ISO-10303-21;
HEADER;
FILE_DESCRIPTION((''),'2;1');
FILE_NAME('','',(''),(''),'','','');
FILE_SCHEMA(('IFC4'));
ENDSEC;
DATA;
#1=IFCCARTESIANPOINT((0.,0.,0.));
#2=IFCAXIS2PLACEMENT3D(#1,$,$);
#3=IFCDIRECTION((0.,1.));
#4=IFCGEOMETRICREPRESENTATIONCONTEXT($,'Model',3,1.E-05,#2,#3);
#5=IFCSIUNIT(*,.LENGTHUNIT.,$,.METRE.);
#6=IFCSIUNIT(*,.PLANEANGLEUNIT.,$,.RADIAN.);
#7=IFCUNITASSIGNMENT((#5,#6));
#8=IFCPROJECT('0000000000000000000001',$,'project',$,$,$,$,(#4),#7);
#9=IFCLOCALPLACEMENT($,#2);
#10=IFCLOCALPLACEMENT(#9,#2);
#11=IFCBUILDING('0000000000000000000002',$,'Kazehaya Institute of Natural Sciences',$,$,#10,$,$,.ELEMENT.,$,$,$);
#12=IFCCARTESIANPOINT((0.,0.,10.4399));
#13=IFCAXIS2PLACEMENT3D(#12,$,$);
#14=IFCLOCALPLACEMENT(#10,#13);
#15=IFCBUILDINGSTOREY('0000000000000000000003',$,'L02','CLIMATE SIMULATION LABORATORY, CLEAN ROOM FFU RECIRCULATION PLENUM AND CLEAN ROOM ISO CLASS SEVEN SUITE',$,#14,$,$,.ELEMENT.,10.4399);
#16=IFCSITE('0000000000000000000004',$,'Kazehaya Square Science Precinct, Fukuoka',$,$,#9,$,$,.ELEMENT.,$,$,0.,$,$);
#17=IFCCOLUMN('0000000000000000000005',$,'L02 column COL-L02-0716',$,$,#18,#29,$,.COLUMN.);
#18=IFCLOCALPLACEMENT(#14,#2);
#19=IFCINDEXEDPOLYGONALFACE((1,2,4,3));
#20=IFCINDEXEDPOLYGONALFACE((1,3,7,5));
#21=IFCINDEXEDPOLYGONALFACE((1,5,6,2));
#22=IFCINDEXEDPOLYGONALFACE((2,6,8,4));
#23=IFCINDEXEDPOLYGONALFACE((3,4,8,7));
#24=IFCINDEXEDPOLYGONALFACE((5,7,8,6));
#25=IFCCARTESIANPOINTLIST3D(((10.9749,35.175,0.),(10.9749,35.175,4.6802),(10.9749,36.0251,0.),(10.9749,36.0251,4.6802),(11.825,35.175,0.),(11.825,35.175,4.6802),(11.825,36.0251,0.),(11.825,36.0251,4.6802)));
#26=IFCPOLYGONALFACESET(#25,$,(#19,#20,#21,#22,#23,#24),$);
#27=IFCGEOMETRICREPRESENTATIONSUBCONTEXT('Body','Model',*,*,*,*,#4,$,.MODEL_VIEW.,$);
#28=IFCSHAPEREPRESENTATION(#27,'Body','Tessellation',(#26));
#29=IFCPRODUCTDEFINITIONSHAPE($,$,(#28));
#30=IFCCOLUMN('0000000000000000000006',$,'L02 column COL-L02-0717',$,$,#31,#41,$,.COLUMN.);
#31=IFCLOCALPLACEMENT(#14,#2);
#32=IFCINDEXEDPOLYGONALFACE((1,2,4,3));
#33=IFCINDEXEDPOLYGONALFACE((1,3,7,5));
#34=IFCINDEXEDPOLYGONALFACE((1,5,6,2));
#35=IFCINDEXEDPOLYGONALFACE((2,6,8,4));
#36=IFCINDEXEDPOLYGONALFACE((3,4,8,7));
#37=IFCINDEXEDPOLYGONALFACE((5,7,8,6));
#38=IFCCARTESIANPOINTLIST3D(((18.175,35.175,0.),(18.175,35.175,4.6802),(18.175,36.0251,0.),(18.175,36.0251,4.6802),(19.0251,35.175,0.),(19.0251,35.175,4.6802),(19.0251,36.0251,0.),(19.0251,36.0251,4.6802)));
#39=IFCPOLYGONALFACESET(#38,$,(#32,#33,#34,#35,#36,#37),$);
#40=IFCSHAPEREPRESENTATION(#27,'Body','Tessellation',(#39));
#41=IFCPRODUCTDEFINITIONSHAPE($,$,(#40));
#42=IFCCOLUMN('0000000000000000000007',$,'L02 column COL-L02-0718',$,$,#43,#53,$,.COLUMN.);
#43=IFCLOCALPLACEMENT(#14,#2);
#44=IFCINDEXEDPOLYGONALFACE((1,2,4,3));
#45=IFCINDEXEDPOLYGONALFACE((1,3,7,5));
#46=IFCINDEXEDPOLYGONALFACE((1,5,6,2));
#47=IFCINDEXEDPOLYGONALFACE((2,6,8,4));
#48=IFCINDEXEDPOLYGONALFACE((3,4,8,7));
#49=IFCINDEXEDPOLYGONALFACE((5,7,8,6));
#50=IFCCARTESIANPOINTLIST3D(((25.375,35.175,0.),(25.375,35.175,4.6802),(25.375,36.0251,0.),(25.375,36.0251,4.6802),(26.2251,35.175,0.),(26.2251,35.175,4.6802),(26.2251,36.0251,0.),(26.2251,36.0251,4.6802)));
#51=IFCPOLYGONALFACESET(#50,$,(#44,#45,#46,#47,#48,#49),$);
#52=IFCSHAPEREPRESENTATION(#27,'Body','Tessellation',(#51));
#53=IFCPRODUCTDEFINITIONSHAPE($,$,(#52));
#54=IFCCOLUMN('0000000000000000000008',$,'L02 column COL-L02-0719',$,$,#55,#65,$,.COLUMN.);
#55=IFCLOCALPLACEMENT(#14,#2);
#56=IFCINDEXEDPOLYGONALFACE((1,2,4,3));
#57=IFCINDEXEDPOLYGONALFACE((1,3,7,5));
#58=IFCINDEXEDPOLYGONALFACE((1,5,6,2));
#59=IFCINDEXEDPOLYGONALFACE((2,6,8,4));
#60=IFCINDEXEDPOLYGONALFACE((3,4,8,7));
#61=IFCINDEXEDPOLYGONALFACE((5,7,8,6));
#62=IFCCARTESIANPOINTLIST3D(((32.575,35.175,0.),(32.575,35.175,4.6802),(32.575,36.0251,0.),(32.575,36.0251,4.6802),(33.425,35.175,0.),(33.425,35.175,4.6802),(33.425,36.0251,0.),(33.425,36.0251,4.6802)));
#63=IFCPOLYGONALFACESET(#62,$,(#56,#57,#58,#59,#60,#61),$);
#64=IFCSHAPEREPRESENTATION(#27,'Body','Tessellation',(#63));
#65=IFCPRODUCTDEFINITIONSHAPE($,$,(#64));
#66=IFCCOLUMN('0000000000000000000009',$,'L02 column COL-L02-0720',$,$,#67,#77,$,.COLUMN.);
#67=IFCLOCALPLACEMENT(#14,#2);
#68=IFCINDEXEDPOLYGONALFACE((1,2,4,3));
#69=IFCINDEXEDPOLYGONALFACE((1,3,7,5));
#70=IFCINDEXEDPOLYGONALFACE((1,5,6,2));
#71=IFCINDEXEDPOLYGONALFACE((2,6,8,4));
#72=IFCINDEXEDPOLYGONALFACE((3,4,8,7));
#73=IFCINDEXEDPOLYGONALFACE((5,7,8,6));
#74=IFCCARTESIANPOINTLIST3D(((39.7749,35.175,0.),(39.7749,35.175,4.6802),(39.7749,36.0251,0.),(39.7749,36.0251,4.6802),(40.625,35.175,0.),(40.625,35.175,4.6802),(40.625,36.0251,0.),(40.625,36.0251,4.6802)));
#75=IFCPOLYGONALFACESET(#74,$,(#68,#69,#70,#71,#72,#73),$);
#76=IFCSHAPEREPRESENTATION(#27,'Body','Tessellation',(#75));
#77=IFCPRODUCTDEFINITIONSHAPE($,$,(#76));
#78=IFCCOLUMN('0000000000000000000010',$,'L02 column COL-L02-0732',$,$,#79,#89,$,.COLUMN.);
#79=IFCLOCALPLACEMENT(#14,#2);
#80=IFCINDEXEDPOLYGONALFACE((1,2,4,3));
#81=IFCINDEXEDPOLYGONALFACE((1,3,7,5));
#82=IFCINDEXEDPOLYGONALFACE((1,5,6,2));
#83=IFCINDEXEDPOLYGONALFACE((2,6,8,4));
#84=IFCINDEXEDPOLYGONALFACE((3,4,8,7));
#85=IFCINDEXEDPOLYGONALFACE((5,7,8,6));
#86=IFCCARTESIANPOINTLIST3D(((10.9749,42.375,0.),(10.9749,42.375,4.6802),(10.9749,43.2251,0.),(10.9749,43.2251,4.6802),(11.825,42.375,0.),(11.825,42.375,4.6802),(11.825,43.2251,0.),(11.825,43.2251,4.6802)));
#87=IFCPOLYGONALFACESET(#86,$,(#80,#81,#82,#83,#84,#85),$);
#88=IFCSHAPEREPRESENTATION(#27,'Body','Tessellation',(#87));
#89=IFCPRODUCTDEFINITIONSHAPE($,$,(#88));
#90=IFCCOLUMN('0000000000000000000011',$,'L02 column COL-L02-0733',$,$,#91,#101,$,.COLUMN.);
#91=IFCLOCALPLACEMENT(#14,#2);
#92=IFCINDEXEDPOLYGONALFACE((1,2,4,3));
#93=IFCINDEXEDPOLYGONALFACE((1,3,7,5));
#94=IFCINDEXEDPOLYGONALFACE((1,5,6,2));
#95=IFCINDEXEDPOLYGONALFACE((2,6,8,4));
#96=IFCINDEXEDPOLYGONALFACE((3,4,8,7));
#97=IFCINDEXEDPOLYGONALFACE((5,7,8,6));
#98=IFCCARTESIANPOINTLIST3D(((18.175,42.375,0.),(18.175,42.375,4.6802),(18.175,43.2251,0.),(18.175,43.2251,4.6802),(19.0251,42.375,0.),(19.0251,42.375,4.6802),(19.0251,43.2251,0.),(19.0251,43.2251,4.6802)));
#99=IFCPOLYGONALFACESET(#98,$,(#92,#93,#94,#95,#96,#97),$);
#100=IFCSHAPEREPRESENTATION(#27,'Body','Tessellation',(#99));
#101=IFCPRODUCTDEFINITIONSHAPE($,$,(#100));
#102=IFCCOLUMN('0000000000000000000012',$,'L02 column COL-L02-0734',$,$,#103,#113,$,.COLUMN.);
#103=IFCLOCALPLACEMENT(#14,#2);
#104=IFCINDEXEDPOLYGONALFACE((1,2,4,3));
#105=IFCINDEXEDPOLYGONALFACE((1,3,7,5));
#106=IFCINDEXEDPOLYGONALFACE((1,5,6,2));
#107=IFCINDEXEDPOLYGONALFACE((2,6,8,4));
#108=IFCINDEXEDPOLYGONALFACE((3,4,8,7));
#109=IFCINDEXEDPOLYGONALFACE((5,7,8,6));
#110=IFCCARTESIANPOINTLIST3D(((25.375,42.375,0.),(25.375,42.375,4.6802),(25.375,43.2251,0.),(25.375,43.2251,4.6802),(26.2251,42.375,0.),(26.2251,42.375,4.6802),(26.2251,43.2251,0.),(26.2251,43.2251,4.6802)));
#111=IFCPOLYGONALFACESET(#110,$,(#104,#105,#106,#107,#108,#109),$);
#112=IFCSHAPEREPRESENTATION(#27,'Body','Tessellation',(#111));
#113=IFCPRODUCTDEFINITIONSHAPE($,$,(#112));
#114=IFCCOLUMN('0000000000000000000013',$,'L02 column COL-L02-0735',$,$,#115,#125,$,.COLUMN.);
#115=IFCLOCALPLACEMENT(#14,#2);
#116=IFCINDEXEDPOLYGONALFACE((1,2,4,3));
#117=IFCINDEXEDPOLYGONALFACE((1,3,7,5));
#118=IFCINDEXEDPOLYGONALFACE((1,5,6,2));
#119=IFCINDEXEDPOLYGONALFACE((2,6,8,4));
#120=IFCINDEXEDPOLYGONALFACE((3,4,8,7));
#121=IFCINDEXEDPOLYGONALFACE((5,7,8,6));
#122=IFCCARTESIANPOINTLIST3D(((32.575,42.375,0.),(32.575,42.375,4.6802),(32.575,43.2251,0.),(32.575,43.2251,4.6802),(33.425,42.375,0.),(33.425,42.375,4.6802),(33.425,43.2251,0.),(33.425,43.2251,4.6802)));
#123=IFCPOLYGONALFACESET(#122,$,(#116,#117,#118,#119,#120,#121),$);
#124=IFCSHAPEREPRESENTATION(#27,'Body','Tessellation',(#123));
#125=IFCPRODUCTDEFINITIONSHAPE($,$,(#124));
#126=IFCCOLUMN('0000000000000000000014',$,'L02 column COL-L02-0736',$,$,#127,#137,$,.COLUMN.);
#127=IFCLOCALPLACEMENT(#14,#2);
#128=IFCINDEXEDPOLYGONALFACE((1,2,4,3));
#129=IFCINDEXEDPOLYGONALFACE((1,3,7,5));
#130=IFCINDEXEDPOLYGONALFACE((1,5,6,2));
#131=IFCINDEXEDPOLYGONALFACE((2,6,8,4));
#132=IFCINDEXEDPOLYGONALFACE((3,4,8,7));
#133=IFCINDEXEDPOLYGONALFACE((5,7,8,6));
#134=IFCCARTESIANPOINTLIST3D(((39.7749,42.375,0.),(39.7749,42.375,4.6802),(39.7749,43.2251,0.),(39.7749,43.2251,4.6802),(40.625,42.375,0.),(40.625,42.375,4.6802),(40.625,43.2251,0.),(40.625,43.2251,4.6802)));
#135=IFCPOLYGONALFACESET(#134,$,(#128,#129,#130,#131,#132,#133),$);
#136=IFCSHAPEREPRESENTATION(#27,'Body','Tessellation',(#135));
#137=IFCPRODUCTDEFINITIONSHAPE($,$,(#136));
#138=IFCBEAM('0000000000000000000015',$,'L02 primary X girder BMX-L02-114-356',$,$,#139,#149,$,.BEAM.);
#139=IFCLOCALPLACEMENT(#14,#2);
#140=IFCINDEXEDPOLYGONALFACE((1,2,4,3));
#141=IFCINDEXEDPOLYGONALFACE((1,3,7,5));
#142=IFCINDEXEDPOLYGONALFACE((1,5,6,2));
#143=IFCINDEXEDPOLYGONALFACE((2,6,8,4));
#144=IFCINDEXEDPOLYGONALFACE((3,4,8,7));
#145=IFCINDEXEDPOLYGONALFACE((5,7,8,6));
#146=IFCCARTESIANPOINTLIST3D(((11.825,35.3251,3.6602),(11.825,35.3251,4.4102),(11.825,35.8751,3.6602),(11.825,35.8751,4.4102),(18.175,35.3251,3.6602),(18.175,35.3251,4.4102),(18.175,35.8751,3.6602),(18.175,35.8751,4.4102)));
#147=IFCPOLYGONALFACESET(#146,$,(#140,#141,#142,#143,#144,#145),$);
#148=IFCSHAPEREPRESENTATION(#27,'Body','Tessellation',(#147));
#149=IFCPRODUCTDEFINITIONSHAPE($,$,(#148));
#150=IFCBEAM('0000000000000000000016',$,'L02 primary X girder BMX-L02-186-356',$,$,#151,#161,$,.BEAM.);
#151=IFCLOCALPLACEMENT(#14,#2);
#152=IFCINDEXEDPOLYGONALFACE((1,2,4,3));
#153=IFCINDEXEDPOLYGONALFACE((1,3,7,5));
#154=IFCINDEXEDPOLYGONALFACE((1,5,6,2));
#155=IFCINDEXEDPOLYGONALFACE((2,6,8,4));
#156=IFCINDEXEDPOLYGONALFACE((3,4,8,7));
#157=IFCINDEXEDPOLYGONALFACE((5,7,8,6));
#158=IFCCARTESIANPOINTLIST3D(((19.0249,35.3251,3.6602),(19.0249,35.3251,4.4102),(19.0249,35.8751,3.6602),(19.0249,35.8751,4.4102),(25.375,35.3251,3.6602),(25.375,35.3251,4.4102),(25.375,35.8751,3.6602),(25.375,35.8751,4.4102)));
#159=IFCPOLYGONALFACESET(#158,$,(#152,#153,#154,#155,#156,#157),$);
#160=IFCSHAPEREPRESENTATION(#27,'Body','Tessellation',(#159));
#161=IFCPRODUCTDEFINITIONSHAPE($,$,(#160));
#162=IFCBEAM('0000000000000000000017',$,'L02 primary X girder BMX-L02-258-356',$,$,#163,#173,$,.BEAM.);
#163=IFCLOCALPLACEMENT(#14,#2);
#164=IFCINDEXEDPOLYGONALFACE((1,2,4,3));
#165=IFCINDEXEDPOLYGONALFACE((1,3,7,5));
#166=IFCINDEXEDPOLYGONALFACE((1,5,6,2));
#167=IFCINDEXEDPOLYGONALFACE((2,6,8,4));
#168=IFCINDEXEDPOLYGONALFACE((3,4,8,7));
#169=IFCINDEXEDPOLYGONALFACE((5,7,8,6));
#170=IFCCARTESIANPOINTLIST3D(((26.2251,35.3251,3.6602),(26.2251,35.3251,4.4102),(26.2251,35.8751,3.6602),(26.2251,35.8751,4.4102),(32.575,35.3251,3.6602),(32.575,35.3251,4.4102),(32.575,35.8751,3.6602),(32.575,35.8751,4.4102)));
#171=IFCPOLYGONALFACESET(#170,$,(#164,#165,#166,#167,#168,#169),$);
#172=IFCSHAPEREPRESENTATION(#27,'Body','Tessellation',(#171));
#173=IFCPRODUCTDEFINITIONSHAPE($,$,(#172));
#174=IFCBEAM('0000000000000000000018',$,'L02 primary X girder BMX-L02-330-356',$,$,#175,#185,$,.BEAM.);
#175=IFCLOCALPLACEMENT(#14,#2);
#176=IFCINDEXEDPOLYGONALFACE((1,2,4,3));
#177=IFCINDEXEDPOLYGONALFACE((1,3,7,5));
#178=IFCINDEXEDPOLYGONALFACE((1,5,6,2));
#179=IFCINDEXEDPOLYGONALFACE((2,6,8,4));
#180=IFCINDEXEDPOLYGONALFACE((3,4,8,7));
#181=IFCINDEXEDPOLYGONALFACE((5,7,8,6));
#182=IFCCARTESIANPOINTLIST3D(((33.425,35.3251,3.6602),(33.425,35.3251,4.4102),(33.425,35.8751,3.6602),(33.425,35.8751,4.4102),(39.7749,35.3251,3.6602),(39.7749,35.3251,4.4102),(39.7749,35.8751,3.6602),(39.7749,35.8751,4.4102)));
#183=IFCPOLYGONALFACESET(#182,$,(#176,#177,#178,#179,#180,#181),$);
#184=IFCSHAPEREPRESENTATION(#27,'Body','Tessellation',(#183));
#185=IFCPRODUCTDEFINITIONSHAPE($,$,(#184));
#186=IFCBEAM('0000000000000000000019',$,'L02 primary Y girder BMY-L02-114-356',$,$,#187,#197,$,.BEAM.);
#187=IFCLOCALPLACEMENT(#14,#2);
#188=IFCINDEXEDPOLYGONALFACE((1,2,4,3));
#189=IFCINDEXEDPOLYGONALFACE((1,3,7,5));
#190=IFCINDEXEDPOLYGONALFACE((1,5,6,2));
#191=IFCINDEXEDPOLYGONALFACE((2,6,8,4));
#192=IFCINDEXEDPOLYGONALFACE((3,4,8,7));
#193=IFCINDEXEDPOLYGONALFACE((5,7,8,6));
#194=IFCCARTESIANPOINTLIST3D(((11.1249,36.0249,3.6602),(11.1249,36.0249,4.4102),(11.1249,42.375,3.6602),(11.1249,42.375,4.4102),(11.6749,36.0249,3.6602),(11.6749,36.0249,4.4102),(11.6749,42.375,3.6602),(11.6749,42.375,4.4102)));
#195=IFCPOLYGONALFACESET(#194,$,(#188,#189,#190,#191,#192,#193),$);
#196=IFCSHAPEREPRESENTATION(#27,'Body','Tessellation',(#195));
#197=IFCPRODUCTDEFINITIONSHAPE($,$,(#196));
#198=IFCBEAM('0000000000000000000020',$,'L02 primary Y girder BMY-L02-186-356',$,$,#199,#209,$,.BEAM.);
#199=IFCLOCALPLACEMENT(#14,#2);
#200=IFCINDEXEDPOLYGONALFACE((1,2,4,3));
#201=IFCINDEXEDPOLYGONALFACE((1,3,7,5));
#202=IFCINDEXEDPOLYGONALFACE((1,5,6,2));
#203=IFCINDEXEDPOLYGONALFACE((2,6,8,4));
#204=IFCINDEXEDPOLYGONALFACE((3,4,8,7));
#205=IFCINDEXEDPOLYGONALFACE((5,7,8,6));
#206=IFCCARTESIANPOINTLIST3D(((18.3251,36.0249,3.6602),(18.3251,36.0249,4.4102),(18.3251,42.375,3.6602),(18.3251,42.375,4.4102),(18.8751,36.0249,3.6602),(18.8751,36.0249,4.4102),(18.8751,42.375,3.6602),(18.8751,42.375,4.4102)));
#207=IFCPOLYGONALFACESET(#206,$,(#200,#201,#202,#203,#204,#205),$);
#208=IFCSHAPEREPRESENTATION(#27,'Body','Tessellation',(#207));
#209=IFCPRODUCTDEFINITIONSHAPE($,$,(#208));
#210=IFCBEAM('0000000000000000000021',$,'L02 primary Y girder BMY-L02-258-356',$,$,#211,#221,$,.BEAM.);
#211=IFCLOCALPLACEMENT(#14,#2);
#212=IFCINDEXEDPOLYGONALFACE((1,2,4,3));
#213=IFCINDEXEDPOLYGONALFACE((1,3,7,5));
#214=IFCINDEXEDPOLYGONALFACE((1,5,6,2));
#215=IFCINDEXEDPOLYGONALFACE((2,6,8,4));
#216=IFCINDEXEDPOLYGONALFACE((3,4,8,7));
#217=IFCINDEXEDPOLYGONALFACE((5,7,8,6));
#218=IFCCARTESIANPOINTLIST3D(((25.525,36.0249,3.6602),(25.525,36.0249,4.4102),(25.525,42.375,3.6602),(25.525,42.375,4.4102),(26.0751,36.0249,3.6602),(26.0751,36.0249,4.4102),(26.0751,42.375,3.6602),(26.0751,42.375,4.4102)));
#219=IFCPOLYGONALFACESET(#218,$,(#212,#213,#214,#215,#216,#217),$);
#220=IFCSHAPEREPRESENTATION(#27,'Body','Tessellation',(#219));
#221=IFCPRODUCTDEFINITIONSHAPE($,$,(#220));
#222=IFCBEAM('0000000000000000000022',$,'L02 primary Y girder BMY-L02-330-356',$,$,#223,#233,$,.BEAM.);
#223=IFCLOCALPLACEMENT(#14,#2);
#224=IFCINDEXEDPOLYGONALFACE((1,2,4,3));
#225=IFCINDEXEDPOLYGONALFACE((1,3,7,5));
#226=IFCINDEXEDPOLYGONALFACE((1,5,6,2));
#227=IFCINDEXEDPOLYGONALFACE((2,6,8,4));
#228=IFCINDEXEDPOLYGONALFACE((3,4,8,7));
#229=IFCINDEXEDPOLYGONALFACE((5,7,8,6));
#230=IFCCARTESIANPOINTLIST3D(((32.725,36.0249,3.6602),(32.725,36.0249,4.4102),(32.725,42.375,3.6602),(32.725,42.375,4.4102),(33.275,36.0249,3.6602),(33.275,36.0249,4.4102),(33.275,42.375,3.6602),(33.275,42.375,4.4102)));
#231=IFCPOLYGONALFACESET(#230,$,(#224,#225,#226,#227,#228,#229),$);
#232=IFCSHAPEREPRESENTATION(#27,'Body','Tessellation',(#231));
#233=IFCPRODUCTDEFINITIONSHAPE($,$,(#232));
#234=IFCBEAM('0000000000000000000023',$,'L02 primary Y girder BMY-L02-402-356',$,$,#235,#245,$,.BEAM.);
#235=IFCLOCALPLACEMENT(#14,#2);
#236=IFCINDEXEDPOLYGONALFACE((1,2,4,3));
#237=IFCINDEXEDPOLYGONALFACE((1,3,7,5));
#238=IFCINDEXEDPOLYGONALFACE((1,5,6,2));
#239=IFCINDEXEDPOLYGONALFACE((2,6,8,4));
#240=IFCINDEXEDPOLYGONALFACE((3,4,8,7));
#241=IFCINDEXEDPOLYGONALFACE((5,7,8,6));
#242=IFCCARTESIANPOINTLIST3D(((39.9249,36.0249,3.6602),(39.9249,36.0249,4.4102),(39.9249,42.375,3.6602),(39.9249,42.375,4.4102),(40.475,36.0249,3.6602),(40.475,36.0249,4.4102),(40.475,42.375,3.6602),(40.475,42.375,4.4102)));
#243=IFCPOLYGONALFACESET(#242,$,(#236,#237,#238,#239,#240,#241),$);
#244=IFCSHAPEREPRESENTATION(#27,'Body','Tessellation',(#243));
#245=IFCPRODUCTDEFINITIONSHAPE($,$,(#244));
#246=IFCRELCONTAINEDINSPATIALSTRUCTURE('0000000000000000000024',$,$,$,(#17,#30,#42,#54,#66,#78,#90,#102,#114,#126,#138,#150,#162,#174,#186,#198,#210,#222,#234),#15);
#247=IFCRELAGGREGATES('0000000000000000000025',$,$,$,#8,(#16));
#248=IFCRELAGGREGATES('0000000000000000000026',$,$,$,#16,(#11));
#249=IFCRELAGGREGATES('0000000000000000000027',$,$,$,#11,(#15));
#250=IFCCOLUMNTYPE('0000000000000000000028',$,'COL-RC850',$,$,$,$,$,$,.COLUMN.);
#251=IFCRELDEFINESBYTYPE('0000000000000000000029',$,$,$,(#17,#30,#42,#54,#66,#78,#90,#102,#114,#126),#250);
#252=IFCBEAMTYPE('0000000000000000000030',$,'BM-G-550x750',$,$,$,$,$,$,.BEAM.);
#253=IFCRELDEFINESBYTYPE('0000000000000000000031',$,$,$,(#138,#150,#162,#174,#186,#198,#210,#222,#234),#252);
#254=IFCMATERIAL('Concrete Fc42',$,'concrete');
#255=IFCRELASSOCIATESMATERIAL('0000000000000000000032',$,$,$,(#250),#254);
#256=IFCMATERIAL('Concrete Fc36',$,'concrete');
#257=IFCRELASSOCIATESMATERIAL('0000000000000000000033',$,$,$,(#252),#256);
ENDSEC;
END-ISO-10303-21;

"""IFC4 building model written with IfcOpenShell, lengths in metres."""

from ifc_helpers import new_model, si_unit, direction, frame, origin, origin_2d, place, context, subcontext, project, spatial, rectangle, extrude, material, material_profile, profile_set, type_object, element, save


model = new_model("IFC4")

# Units and contexts
model_context = context("Model", 3, precision=1e-05, world=origin(), true_north=direction((0.0, 1.0)))
body_context = subcontext(model_context, "Body", "Model", "MODEL_VIEW")
ifc_project = project(units=[si_unit("LENGTHUNIT", "METRE"), si_unit("PLANEANGLEUNIT", "RADIAN")], contexts=[model_context])

# Site, building, storey
site_placement = place(None, origin())
site = spatial("IfcSite", under=ifc_project, at=site_placement, Name="Kazehaya Square Science Precinct, Fukuoka", CompositionType="ELEMENT", RefElevation=0.0)
building_placement = place(site_placement, origin())
building = spatial("IfcBuilding", under=site, at=building_placement, Name="Kazehaya Institute of Natural Sciences", CompositionType="ELEMENT")
storey_placement = place(building_placement, frame((0.0, 0.0, 10.4399)))
storey = spatial("IfcBuildingStorey", under=building, at=storey_placement, Name="L02", Description="CLIMATE SIMULATION LABORATORY, CLEAN ROOM FFU RECIRCULATION PLENUM AND CLEAN ROOM ISO CLASS SEVEN SUITE", CompositionType="ELEMENT", Elevation=10.4399)

# Columns
ifc_material_1 = material(Name="Concrete Fc42", Category="concrete")
ifc_material_profile_1 = material_profile(ifc_material_1, rectangle(XDim=0.8501, YDim=0.8501, at=origin_2d()), Name="RC-850x850")
ifc_profile_set_1 = profile_set([ifc_material_profile_1], Name="Concrete Fc42")
column_type = type_object("IfcColumnType", Name="COL-RC850", PredefinedType="COLUMN", material=ifc_profile_set_1)
for number, where, z_axis, x_axis, name in (
    (1, (11.3999, 35.6001, 0.0), (0.0, 0.0, 1.0), (1.0, 0.0, 0.0), "L02 column COL-L02-0716"),
    (2, (18.6001, 35.6001, 0.0), (0.0, 0.0, 1.0), (1.0, 0.0, 0.0), "L02 column COL-L02-0717"),
    (3, (25.8, 35.6001, 0.0), (0.0, 0.0, 1.0), (1.0, 0.0, 0.0), "L02 column COL-L02-0718"),
    (4, (33.0, 35.6001, 0.0), (0.0, 0.0, 1.0), (1.0, 0.0, 0.0), "L02 column COL-L02-0719"),
    (5, (40.2, 35.6001, 0.0), (0.0, 0.0, 1.0), (1.0, 0.0, 0.0), "L02 column COL-L02-0720"),
    (6, (11.3999, 42.8, 0.0), (0.0, 0.0, 1.0), (1.0, 0.0, 0.0), "L02 column COL-L02-0732"),
    (7, (18.6001, 42.8, 0.0), (0.0, 0.0, 1.0), (1.0, 0.0, 0.0), "L02 column COL-L02-0733"),
    (8, (25.8, 42.8, 0.0), (0.0, 0.0, 1.0), (1.0, 0.0, 0.0), "L02 column COL-L02-0734"),
    (9, (33.0, 42.8, 0.0), (0.0, 0.0, 1.0), (1.0, 0.0, 0.0), "L02 column COL-L02-0735"),
    (10, (40.2, 42.8, 0.0), (0.0, 0.0, 1.0), (1.0, 0.0, 0.0), "L02 column COL-L02-0736"),
):
    element("IfcColumn", number, at=place(storey_placement, frame(where, z_axis=z_axis, x_axis=x_axis)), inside=storey, type_object=column_type, Name=name, PredefinedType="COLUMN", context=body_context, shape_type="SweptSolid", body=[
        extrude(rectangle(XDim=0.8501, YDim=0.8501, at=origin_2d()), origin(), (0.0, 0.0, 1.0), 4.6802),
    ])

# Beams
ifc_material_2 = material(Name="Concrete Fc36", Category="concrete")
ifc_material_profile_2 = material_profile(ifc_material_2, rectangle(XDim=0.55, YDim=0.75, at=origin_2d()), Name="RC-550x750")
ifc_profile_set_2 = profile_set([ifc_material_profile_2], Name="Concrete Fc36")
beam_type_1 = type_object("IfcBeamType", Name="BM-G-550x750", PredefinedType="BEAM", material=ifc_profile_set_2)
for number, where, z_axis, x_axis, name in (
    (11, (11.825, 35.6001, 4.0352), (1.0, 0.0, 0.0), (0.0, 1.0, 0.0), "L02 primary X girder BMX-L02-114-356"),
    (12, (19.0249, 35.6001, 4.0352), (1.0, 0.0, 0.0), (0.0, 1.0, 0.0), "L02 primary X girder BMX-L02-186-356"),
):
    element("IfcBeam", number, at=place(storey_placement, frame(where, z_axis=z_axis, x_axis=x_axis)), inside=storey, type_object=beam_type_1, Name=name, PredefinedType="BEAM", context=body_context, shape_type="SweptSolid", body=[
        extrude(rectangle(XDim=0.55, YDim=0.75, at=origin_2d()), origin(), (0.0, 0.0, 1.0), 6.3501),
    ])
for number, where, z_axis, x_axis, name in (
    (13, (26.2251, 35.6001, 4.0352), (1.0, 0.0, 0.0), (0.0, 1.0, 0.0), "L02 primary X girder BMX-L02-258-356"),
    (14, (33.425, 35.6001, 4.0352), (1.0, 0.0, 0.0), (0.0, 1.0, 0.0), "L02 primary X girder BMX-L02-330-356"),
):
    element("IfcBeam", number, at=place(storey_placement, frame(where, z_axis=z_axis, x_axis=x_axis)), inside=storey, type_object=beam_type_1, Name=name, PredefinedType="BEAM", context=body_context, shape_type="SweptSolid", body=[
        extrude(rectangle(XDim=0.55, YDim=0.75, at=origin_2d()), origin(), (0.0, 0.0, 1.0), 6.3499),
    ])
for number, where, z_axis, x_axis, name in (
    (15, (11.3999, 36.0249, 4.0352), (0.0, 1.0, 0.0), (-1.0, 0.0, 0.0), "L02 primary Y girder BMY-L02-114-356"),
    (16, (18.6001, 36.0249, 4.0352), (0.0, 1.0, 0.0), (-1.0, 0.0, 0.0), "L02 primary Y girder BMY-L02-186-356"),
    (17, (25.8, 36.0249, 4.0352), (0.0, 1.0, 0.0), (-1.0, 0.0, 0.0), "L02 primary Y girder BMY-L02-258-356"),
    (18, (33.0, 36.0249, 4.0352), (0.0, 1.0, 0.0), (-1.0, 0.0, 0.0), "L02 primary Y girder BMY-L02-330-356"),
    (19, (40.2, 36.0249, 4.0352), (0.0, 1.0, 0.0), (-1.0, 0.0, 0.0), "L02 primary Y girder BMY-L02-402-356"),
):
    element("IfcBeam", number, at=place(storey_placement, frame(where, z_axis=z_axis, x_axis=x_axis)), inside=storey, type_object=beam_type_1, Name=name, PredefinedType="BEAM", context=body_context, shape_type="SweptSolid", body=[
        extrude(rectangle(XDim=0.55, YDim=0.75, at=origin_2d()), origin(), (0.0, 0.0, 1.0), 6.3501),
    ])

save(model, "model.ifc")
